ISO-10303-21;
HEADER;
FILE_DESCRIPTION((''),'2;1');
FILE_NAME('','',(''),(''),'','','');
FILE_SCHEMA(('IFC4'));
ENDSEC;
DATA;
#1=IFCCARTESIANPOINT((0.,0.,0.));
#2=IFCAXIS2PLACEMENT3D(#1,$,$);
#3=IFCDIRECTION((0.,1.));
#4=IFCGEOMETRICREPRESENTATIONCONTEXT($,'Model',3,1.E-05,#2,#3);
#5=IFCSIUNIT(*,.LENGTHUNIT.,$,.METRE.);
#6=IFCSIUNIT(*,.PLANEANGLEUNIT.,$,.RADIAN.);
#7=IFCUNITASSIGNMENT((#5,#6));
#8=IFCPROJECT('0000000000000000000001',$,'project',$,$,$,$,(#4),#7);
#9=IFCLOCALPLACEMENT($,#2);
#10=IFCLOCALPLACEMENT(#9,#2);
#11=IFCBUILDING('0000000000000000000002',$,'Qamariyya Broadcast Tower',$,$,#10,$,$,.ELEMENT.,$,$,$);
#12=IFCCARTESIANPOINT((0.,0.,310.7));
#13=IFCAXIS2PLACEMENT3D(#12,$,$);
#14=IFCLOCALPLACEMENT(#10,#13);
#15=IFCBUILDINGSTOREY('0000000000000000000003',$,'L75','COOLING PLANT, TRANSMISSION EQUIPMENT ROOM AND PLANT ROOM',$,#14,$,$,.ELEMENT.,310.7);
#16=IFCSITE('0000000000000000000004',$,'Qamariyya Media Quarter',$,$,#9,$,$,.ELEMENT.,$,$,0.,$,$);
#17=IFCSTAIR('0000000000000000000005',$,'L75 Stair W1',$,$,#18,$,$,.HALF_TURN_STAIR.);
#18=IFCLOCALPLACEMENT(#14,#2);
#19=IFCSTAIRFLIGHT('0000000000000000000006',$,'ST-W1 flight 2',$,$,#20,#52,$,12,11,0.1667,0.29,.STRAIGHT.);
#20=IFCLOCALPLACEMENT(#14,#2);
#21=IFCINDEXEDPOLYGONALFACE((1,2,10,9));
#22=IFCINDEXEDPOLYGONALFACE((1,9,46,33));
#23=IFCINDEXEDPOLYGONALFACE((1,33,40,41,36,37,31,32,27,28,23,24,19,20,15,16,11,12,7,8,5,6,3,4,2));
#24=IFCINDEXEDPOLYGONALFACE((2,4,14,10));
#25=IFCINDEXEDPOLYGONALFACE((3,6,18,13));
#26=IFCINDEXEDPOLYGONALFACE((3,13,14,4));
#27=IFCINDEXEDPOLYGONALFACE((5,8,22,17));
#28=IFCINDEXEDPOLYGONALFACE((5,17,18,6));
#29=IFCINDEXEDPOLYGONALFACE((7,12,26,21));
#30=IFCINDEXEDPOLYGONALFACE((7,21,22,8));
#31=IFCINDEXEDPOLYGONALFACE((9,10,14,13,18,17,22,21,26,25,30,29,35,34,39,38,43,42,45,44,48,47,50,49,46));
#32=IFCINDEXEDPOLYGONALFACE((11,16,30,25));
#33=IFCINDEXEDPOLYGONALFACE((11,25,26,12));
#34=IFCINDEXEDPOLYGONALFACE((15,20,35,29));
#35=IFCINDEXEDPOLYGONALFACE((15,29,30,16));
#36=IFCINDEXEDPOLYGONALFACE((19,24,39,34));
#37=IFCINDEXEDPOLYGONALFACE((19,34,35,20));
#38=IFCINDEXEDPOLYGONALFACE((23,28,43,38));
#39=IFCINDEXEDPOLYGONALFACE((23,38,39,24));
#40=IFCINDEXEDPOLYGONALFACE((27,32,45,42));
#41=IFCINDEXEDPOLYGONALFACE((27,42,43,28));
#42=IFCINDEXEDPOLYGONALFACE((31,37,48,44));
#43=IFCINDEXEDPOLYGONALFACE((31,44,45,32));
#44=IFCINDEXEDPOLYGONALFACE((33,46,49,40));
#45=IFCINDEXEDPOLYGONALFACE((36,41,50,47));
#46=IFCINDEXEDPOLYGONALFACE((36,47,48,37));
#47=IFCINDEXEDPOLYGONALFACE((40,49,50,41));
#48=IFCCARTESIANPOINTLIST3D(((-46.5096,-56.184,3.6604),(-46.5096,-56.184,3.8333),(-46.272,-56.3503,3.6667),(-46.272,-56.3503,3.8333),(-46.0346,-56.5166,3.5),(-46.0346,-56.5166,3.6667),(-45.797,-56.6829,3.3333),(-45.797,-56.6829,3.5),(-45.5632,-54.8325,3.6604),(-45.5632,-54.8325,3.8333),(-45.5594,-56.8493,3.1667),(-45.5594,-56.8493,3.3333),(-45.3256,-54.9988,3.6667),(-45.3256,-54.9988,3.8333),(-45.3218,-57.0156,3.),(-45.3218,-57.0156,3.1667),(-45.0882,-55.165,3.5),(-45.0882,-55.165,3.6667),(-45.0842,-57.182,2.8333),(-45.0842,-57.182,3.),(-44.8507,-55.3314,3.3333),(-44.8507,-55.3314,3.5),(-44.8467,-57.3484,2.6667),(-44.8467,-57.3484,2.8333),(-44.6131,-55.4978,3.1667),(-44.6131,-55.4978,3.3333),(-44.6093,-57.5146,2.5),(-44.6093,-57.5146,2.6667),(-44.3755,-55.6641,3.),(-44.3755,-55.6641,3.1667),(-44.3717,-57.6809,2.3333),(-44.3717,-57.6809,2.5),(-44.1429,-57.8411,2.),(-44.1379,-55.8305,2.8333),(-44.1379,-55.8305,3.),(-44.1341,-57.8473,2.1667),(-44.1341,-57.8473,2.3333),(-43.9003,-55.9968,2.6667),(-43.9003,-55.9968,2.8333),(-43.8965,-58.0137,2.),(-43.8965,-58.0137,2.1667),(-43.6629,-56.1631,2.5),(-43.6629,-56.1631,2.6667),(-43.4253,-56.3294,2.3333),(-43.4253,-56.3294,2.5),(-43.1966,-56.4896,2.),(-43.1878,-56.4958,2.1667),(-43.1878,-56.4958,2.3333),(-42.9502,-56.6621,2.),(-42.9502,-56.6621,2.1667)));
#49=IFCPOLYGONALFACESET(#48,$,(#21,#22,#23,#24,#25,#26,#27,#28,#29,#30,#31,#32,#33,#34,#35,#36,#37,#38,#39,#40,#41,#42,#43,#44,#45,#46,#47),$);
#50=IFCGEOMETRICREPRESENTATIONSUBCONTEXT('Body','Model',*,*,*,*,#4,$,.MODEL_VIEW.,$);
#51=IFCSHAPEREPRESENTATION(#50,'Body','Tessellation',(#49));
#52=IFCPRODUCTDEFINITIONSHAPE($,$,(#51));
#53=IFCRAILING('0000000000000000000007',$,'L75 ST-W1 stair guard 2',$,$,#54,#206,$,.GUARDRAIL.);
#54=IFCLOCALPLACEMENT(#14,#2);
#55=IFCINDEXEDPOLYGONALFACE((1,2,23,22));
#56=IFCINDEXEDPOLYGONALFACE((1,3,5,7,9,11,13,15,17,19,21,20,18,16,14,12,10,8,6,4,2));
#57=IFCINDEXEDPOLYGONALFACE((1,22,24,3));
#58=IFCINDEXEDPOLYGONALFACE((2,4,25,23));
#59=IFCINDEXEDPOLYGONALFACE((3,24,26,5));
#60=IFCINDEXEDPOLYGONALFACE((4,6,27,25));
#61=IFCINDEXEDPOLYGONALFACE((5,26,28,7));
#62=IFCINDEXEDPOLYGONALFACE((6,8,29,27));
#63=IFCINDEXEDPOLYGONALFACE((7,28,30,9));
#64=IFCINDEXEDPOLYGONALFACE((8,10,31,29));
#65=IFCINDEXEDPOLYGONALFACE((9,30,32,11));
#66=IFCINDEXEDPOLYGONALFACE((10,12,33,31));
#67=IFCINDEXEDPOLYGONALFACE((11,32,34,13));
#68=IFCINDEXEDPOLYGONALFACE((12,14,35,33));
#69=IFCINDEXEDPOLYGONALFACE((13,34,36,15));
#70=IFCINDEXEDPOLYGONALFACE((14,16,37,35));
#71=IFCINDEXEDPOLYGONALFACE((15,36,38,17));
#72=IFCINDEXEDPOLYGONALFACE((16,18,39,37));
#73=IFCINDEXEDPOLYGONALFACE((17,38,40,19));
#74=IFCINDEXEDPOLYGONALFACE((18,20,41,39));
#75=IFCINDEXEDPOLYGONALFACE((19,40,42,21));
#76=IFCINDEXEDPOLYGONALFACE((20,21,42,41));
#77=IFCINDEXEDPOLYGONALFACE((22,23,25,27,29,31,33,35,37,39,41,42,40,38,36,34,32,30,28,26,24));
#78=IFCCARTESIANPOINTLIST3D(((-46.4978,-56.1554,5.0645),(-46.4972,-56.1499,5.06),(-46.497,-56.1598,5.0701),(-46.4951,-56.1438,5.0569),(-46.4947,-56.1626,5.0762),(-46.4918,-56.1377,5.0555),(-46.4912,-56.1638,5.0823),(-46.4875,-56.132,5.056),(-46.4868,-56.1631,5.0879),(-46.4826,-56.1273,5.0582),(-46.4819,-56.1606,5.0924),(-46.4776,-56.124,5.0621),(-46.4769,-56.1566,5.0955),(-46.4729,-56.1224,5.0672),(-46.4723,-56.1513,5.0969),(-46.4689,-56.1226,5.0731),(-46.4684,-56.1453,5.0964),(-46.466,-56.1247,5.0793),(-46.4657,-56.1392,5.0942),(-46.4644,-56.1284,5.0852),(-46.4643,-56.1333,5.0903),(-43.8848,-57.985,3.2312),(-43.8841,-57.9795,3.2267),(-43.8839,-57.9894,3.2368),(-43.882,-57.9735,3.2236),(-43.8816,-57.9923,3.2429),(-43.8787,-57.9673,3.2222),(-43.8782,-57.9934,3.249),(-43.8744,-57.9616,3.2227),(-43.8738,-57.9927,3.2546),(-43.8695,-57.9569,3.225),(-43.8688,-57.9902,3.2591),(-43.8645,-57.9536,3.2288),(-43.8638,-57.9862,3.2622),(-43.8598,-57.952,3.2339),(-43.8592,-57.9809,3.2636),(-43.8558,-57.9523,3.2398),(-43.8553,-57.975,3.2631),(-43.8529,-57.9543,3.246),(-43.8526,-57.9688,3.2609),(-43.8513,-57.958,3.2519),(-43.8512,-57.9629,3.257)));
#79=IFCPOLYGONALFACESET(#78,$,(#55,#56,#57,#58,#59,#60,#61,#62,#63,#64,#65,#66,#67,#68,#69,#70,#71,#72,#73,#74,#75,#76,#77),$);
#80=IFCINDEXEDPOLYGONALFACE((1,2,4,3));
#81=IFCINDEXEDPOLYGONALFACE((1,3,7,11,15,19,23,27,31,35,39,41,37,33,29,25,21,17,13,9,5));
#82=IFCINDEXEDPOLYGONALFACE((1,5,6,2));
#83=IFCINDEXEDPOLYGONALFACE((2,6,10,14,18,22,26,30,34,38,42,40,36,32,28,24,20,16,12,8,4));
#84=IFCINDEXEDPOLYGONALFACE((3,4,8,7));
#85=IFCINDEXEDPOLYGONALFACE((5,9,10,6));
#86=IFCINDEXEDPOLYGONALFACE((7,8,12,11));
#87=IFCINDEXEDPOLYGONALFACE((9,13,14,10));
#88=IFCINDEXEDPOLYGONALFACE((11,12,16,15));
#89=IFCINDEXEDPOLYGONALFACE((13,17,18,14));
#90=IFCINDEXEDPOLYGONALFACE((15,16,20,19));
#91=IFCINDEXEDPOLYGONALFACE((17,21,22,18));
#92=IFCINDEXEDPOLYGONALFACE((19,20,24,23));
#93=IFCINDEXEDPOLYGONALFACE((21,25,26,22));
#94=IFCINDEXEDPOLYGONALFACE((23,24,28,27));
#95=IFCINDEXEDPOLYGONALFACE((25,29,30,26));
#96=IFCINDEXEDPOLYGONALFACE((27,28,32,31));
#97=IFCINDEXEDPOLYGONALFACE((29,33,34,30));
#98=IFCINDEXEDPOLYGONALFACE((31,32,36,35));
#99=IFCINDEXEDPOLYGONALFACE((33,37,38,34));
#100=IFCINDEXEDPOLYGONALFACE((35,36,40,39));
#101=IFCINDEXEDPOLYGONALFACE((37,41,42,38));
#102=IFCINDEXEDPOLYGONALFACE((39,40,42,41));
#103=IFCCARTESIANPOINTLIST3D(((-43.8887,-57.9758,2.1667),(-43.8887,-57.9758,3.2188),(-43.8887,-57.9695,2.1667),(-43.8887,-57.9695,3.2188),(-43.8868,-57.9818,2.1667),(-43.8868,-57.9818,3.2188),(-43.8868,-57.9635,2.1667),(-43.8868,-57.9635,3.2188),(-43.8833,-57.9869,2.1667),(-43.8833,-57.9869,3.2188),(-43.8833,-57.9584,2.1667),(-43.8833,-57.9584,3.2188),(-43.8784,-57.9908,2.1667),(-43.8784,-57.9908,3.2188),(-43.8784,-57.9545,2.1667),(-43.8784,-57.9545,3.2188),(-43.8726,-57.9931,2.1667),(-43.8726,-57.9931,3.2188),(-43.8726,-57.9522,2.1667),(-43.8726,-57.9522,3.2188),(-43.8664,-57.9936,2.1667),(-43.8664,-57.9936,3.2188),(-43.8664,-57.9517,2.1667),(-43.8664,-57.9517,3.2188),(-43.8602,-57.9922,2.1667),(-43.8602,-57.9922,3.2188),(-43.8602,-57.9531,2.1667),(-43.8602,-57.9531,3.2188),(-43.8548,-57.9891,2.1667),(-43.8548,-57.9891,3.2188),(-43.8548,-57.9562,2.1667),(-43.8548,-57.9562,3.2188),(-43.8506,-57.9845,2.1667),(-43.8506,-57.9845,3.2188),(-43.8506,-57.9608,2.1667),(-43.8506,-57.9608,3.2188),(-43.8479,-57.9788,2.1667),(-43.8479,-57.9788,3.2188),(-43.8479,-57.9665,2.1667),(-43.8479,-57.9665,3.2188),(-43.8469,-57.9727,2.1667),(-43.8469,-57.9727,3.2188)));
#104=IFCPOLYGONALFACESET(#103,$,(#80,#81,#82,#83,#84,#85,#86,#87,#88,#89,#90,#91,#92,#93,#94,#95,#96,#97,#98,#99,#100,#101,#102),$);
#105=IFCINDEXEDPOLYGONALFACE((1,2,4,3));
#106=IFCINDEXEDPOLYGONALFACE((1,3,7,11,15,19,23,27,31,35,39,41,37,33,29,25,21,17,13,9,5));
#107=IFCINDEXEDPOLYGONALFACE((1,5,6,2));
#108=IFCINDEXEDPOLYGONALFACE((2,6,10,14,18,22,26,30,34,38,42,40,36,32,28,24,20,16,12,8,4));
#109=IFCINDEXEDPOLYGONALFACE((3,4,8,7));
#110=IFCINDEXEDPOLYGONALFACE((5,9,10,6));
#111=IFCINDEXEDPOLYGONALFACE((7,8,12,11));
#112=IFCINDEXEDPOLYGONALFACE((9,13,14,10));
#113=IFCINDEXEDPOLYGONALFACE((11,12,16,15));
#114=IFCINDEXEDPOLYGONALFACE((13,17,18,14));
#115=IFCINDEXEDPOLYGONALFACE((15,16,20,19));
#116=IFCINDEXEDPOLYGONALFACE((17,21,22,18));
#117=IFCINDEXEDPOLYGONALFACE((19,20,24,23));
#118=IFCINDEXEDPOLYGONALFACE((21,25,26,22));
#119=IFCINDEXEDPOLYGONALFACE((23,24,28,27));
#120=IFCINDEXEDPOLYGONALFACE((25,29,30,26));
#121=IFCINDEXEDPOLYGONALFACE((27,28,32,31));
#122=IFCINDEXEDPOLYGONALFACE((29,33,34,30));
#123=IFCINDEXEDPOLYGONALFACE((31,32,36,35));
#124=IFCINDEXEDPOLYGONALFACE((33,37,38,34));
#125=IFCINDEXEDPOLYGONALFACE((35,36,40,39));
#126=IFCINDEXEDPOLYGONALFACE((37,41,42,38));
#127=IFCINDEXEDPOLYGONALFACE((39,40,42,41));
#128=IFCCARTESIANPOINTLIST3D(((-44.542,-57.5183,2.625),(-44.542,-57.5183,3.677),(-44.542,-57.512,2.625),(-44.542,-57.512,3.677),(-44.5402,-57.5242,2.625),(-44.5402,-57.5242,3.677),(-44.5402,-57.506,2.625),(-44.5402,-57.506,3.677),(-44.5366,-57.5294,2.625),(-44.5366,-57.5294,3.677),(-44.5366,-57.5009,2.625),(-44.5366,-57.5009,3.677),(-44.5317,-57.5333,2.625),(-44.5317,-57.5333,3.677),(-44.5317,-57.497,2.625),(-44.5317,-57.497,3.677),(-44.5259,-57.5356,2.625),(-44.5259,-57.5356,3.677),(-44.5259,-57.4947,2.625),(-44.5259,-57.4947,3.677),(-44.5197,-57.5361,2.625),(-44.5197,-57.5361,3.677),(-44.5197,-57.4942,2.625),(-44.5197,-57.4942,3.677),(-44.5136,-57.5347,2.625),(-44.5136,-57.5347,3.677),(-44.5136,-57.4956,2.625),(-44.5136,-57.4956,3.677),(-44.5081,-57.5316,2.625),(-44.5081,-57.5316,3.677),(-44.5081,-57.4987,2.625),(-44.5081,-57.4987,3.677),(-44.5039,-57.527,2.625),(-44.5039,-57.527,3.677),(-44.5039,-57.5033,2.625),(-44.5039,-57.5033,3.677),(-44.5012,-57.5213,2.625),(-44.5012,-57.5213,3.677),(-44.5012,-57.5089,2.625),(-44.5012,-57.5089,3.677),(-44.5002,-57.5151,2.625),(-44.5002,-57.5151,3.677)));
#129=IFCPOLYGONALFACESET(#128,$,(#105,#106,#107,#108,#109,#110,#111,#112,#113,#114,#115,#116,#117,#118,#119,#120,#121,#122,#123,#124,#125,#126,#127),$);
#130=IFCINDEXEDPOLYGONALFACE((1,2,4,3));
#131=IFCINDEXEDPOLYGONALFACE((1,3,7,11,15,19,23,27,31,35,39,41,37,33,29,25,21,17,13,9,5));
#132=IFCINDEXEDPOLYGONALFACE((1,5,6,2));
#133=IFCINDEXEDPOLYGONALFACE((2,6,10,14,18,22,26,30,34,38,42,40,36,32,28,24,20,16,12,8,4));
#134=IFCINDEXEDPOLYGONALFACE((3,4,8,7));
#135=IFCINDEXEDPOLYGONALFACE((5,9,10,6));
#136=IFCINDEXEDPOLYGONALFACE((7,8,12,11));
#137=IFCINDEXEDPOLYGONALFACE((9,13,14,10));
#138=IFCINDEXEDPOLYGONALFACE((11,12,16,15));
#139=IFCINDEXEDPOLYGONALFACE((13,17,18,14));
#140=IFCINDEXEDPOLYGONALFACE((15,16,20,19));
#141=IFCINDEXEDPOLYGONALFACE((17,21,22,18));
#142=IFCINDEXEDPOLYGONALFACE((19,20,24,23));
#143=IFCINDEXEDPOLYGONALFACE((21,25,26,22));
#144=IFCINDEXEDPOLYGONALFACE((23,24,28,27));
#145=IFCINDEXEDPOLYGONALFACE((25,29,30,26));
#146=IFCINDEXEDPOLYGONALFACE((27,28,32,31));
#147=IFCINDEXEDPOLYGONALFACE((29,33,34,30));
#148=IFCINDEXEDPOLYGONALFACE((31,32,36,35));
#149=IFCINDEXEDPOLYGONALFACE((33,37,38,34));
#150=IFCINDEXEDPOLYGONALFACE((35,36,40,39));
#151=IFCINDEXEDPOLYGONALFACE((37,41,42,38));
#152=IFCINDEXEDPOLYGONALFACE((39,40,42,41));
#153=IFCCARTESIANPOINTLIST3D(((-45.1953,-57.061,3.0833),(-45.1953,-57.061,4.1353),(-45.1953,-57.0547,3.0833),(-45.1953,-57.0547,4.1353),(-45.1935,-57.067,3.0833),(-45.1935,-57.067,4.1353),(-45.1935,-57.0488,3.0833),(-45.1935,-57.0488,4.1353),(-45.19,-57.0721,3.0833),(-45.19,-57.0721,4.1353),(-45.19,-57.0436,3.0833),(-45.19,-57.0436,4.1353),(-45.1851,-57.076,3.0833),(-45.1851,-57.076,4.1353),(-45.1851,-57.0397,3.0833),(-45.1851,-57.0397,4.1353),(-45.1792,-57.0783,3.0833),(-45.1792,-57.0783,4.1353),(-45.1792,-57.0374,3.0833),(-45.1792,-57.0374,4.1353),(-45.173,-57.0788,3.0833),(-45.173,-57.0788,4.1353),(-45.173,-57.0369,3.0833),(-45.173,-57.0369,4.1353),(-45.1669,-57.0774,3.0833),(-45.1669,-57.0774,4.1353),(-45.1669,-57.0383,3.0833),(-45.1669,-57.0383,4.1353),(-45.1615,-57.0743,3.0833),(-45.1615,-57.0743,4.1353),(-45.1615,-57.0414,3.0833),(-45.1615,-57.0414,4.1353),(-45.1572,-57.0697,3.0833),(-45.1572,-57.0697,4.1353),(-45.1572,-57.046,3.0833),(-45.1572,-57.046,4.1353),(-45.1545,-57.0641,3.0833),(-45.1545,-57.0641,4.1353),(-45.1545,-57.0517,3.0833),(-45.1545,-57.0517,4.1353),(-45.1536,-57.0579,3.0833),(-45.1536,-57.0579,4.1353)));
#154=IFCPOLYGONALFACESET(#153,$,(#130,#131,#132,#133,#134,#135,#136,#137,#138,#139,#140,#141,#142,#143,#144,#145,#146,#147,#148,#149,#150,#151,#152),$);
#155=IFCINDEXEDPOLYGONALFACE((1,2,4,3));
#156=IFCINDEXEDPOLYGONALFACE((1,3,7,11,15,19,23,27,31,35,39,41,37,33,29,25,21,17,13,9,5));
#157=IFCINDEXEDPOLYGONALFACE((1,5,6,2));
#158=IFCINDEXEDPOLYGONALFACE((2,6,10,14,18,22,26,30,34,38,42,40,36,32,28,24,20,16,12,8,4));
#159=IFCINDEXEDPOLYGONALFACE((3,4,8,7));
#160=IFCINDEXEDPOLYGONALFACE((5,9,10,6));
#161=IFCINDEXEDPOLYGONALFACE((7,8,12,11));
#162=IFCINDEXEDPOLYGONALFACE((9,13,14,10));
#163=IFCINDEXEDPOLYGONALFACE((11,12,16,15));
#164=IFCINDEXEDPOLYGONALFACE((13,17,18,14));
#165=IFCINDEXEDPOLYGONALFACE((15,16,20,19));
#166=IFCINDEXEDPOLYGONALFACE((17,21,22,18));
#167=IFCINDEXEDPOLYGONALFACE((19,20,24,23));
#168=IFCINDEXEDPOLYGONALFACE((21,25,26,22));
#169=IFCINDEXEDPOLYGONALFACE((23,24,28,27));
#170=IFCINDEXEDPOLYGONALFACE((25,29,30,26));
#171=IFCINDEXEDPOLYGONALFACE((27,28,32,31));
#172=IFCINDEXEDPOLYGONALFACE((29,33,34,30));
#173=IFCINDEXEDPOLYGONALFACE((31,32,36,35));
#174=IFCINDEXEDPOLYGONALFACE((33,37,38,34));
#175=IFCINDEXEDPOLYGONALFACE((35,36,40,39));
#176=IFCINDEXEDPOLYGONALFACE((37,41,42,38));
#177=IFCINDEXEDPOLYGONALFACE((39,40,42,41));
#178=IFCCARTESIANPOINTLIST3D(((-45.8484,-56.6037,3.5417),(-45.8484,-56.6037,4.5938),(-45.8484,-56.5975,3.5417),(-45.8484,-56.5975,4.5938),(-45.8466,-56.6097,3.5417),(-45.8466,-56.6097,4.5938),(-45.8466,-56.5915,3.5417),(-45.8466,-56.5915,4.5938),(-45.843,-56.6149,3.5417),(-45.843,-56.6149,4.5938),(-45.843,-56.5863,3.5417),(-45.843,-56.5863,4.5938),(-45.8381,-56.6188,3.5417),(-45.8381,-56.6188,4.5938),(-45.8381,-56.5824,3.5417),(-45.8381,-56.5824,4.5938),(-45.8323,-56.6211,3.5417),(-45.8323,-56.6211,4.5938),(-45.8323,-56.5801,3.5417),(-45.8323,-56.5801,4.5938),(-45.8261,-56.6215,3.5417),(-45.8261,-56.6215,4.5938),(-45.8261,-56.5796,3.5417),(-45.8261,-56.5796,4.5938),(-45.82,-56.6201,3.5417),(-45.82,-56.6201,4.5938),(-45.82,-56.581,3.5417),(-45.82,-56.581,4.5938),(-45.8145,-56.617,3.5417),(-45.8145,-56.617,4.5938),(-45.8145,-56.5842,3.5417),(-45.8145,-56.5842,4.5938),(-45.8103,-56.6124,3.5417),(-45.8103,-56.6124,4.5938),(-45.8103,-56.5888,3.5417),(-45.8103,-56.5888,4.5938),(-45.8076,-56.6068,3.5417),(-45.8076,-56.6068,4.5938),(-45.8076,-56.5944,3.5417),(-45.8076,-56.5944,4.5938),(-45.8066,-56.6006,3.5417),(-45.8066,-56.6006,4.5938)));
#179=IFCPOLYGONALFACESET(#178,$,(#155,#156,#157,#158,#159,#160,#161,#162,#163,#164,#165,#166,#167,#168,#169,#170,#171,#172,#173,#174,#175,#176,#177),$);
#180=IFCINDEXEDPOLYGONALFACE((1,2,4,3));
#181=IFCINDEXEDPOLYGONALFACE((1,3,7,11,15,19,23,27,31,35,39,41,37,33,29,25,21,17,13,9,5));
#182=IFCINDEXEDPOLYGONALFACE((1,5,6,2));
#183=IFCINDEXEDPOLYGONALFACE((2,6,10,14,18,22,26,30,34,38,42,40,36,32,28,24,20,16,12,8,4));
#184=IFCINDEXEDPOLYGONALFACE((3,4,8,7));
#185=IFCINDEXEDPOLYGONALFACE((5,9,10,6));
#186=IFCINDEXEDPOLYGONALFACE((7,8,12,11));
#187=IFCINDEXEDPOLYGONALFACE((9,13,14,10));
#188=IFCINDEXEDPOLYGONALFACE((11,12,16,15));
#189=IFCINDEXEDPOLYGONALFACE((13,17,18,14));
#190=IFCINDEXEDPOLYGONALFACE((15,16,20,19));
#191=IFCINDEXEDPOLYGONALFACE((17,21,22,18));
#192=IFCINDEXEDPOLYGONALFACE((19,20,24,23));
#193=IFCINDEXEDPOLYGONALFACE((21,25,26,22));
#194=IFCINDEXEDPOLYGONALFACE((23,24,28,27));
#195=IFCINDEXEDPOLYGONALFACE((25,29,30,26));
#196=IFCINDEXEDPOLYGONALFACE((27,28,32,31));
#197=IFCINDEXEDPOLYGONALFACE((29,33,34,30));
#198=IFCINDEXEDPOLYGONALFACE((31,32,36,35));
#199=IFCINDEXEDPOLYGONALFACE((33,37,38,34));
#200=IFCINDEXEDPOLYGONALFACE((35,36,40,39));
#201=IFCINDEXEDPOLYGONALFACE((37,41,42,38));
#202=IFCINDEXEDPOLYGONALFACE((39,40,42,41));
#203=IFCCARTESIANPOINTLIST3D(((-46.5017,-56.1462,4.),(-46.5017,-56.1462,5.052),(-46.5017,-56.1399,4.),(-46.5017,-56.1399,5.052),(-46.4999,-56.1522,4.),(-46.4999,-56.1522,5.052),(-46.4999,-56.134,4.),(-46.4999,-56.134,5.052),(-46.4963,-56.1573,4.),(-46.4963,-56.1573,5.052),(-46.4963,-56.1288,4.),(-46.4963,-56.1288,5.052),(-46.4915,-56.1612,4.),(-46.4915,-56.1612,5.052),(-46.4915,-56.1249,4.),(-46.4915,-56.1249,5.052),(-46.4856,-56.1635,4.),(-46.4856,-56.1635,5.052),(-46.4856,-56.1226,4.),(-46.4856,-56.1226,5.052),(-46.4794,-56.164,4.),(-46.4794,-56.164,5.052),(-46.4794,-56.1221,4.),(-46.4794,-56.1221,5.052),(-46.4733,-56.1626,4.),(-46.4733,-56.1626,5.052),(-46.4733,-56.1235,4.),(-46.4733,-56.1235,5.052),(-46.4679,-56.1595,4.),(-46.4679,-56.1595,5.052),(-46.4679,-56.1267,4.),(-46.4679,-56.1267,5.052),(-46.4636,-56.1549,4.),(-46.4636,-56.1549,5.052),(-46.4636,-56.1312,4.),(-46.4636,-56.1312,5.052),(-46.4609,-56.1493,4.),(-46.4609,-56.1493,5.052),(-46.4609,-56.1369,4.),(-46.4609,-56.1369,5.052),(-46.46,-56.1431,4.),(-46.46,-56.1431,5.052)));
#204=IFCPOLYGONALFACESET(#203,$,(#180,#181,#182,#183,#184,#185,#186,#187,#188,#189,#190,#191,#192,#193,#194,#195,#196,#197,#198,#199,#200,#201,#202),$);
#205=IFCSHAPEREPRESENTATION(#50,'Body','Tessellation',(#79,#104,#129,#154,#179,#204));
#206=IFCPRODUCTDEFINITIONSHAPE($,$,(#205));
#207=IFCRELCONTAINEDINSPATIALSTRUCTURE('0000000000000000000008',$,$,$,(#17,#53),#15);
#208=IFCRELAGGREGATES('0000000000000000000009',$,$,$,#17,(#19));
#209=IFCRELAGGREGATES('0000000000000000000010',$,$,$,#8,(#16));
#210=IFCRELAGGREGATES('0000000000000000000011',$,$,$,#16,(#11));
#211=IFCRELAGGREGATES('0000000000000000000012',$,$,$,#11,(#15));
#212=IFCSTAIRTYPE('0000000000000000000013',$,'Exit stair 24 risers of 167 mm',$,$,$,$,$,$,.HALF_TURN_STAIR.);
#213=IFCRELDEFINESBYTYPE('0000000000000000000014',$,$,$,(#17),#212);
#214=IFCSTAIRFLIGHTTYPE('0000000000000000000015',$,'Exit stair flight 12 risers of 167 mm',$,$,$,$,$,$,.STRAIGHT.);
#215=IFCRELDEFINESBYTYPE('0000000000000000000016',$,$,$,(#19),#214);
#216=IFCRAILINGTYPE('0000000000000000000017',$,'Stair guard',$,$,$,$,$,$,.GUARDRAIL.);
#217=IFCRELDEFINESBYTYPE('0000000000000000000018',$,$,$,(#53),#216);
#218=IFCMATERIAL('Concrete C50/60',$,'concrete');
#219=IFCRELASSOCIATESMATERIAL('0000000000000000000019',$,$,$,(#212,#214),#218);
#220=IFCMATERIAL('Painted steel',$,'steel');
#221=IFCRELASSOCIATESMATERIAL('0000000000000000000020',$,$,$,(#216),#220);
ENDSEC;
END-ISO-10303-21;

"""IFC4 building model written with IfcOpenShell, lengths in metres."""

from ifc_helpers import new_model, si_unit, direction, frame, origin, origin_2d, place, context, subcontext, project, spatial, polyline, circle, outline, extrude, material, type_object, element, aggregate, save


model = new_model("IFC4")

# Units and contexts
model_context = context("Model", 3, precision=1e-05, world=origin(), true_north=direction((0.0, 1.0)))
body_context = subcontext(model_context, "Body", "Model", "MODEL_VIEW")
ifc_project = project(units=[si_unit("LENGTHUNIT", "METRE"), si_unit("PLANEANGLEUNIT", "RADIAN")], contexts=[model_context])

# Site, building, storey
site_placement = place(None, origin())
site = spatial("IfcSite", under=ifc_project, at=site_placement, Name="Qamariyya Media Quarter", CompositionType="ELEMENT", RefElevation=0.0)
building_placement = place(site_placement, origin())
building = spatial("IfcBuilding", under=site, at=building_placement, Name="Qamariyya Broadcast Tower", CompositionType="ELEMENT")
storey_placement = place(building_placement, frame((0.0, 0.0, 310.7)))
storey = spatial("IfcBuildingStorey", under=building, at=storey_placement, Name="L75", Description="COOLING PLANT, TRANSMISSION EQUIPMENT ROOM AND PLANT ROOM", CompositionType="ELEMENT", Elevation=310.7)

# Shared definitions
ifc_material_1 = material(Name="Concrete C50/60", Category="concrete")

# Stair, stair flight
stair_type = type_object("IfcStairType", Name="Exit stair 24 risers of 167 mm", PredefinedType="HALF_TURN_STAIR", material=ifc_material_1)
stair_placement = place(storey_placement, origin())
stair = element("IfcStair", 1, at=stair_placement, inside=storey, type_object=stair_type, Name="L75 Stair W1", PredefinedType="HALF_TURN_STAIR")
stair_flight_type = type_object("IfcStairFlightType", Name="Exit stair flight 12 risers of 167 mm", PredefinedType="STRAIGHT", material=ifc_material_1)
stair_flight_1_placement = place(storey_placement, frame((-43.4233, -57.3379, 2.0), z_axis=(0.0, 0.0, 1.0), x_axis=(-0.819152, 0.573576, 0.0)))
stair_flight_1 = element("IfcStairFlight", 2, at=stair_flight_1_placement, type_object=stair_flight_type, Name="ST-W1 flight 2", NumberOfRisers=12, NumberOfTreads=11, PredefinedType="STRAIGHT", RiserHeight=0.1667, TreadLength=0.29, context=body_context, shape_type="SweptSolid", body=[
    extrude(outline(polyline([(0.0, 0.0), (0.0, 0.1667), (0.29, 0.1667), (0.29, 0.3333), (0.5801, 0.3333), (0.5801, 0.5), (0.8701, 0.5), (0.8701, 0.6667), (1.1599, 0.6667), (1.1599, 0.8333), (1.45, 0.8333), (1.45, 1.0), (1.74, 1.0), (1.74, 1.1667), (2.03, 1.1667), (2.03, 1.3333), (2.3201, 1.3333), (2.3201, 1.5), (2.6101, 1.5), (2.6101, 1.6667), (2.8999, 1.6667), (2.8999, 1.8333), (3.1899, 1.8333), (3.1899, 2.0), (3.1899, 1.6604), (0.3008, 0.0), (0.0, 0.0)])), frame((0.0, 0.825, 0.0), z_axis=(0.0, -1.0, 0.0), x_axis=(1.0, 0.0, 0.0)), (0.0, 0.0, 1.0), 1.6499),
])
aggregate(stair, [stair_flight_1])

# Railing
ifc_material_2 = material(Name="Painted steel", Category="steel")
railing_type_1 = type_object("IfcRailingType", Name="Stair guard", PredefinedType="GUARDRAIL", material=ifc_material_2)
railing_1_placement = place(storey_placement, frame((-43.8679, -57.9727, 2.1667)))
element("IfcRailing", 3, at=railing_1_placement, inside=storey, type_object=railing_type_1, Name="L75 ST-W1 stair guard 2", PredefinedType="GUARDRAIL", context=body_context, shape_type="SweptSolid", body=[
    extrude(circle(Radius=0.0239, at=origin_2d()), frame((0.0, 0.0, 1.0762), z_axis=(-0.710228, 0.497285, 0.498281), x_axis=(-0.57356, -0.819164, 0.0)), (0.0, 0.0, 1.0), 3.6792),
    extrude(circle(Radius=0.021, at=origin_2d()), origin(), (0.0, 0.0, 1.0), 1.052),
    extrude(circle(Radius=0.021, at=origin_2d()), frame((-0.6533, 0.4575, 0.4583)), (0.0, 0.0, 1.0), 1.052),
    extrude(circle(Radius=0.021, at=origin_2d()), frame((-1.3066, 0.9148, 0.9165)), (0.0, 0.0, 1.0), 1.052),
    extrude(circle(Radius=0.021, at=origin_2d()), frame((-1.9597, 1.3721, 1.375)), (0.0, 0.0, 1.0), 1.052),
    extrude(circle(Radius=0.021, at=origin_2d()), frame((-2.613, 1.8296, 1.8333)), (0.0, 0.0, 1.0), 1.052),
])

save(model, "model.ifc")
